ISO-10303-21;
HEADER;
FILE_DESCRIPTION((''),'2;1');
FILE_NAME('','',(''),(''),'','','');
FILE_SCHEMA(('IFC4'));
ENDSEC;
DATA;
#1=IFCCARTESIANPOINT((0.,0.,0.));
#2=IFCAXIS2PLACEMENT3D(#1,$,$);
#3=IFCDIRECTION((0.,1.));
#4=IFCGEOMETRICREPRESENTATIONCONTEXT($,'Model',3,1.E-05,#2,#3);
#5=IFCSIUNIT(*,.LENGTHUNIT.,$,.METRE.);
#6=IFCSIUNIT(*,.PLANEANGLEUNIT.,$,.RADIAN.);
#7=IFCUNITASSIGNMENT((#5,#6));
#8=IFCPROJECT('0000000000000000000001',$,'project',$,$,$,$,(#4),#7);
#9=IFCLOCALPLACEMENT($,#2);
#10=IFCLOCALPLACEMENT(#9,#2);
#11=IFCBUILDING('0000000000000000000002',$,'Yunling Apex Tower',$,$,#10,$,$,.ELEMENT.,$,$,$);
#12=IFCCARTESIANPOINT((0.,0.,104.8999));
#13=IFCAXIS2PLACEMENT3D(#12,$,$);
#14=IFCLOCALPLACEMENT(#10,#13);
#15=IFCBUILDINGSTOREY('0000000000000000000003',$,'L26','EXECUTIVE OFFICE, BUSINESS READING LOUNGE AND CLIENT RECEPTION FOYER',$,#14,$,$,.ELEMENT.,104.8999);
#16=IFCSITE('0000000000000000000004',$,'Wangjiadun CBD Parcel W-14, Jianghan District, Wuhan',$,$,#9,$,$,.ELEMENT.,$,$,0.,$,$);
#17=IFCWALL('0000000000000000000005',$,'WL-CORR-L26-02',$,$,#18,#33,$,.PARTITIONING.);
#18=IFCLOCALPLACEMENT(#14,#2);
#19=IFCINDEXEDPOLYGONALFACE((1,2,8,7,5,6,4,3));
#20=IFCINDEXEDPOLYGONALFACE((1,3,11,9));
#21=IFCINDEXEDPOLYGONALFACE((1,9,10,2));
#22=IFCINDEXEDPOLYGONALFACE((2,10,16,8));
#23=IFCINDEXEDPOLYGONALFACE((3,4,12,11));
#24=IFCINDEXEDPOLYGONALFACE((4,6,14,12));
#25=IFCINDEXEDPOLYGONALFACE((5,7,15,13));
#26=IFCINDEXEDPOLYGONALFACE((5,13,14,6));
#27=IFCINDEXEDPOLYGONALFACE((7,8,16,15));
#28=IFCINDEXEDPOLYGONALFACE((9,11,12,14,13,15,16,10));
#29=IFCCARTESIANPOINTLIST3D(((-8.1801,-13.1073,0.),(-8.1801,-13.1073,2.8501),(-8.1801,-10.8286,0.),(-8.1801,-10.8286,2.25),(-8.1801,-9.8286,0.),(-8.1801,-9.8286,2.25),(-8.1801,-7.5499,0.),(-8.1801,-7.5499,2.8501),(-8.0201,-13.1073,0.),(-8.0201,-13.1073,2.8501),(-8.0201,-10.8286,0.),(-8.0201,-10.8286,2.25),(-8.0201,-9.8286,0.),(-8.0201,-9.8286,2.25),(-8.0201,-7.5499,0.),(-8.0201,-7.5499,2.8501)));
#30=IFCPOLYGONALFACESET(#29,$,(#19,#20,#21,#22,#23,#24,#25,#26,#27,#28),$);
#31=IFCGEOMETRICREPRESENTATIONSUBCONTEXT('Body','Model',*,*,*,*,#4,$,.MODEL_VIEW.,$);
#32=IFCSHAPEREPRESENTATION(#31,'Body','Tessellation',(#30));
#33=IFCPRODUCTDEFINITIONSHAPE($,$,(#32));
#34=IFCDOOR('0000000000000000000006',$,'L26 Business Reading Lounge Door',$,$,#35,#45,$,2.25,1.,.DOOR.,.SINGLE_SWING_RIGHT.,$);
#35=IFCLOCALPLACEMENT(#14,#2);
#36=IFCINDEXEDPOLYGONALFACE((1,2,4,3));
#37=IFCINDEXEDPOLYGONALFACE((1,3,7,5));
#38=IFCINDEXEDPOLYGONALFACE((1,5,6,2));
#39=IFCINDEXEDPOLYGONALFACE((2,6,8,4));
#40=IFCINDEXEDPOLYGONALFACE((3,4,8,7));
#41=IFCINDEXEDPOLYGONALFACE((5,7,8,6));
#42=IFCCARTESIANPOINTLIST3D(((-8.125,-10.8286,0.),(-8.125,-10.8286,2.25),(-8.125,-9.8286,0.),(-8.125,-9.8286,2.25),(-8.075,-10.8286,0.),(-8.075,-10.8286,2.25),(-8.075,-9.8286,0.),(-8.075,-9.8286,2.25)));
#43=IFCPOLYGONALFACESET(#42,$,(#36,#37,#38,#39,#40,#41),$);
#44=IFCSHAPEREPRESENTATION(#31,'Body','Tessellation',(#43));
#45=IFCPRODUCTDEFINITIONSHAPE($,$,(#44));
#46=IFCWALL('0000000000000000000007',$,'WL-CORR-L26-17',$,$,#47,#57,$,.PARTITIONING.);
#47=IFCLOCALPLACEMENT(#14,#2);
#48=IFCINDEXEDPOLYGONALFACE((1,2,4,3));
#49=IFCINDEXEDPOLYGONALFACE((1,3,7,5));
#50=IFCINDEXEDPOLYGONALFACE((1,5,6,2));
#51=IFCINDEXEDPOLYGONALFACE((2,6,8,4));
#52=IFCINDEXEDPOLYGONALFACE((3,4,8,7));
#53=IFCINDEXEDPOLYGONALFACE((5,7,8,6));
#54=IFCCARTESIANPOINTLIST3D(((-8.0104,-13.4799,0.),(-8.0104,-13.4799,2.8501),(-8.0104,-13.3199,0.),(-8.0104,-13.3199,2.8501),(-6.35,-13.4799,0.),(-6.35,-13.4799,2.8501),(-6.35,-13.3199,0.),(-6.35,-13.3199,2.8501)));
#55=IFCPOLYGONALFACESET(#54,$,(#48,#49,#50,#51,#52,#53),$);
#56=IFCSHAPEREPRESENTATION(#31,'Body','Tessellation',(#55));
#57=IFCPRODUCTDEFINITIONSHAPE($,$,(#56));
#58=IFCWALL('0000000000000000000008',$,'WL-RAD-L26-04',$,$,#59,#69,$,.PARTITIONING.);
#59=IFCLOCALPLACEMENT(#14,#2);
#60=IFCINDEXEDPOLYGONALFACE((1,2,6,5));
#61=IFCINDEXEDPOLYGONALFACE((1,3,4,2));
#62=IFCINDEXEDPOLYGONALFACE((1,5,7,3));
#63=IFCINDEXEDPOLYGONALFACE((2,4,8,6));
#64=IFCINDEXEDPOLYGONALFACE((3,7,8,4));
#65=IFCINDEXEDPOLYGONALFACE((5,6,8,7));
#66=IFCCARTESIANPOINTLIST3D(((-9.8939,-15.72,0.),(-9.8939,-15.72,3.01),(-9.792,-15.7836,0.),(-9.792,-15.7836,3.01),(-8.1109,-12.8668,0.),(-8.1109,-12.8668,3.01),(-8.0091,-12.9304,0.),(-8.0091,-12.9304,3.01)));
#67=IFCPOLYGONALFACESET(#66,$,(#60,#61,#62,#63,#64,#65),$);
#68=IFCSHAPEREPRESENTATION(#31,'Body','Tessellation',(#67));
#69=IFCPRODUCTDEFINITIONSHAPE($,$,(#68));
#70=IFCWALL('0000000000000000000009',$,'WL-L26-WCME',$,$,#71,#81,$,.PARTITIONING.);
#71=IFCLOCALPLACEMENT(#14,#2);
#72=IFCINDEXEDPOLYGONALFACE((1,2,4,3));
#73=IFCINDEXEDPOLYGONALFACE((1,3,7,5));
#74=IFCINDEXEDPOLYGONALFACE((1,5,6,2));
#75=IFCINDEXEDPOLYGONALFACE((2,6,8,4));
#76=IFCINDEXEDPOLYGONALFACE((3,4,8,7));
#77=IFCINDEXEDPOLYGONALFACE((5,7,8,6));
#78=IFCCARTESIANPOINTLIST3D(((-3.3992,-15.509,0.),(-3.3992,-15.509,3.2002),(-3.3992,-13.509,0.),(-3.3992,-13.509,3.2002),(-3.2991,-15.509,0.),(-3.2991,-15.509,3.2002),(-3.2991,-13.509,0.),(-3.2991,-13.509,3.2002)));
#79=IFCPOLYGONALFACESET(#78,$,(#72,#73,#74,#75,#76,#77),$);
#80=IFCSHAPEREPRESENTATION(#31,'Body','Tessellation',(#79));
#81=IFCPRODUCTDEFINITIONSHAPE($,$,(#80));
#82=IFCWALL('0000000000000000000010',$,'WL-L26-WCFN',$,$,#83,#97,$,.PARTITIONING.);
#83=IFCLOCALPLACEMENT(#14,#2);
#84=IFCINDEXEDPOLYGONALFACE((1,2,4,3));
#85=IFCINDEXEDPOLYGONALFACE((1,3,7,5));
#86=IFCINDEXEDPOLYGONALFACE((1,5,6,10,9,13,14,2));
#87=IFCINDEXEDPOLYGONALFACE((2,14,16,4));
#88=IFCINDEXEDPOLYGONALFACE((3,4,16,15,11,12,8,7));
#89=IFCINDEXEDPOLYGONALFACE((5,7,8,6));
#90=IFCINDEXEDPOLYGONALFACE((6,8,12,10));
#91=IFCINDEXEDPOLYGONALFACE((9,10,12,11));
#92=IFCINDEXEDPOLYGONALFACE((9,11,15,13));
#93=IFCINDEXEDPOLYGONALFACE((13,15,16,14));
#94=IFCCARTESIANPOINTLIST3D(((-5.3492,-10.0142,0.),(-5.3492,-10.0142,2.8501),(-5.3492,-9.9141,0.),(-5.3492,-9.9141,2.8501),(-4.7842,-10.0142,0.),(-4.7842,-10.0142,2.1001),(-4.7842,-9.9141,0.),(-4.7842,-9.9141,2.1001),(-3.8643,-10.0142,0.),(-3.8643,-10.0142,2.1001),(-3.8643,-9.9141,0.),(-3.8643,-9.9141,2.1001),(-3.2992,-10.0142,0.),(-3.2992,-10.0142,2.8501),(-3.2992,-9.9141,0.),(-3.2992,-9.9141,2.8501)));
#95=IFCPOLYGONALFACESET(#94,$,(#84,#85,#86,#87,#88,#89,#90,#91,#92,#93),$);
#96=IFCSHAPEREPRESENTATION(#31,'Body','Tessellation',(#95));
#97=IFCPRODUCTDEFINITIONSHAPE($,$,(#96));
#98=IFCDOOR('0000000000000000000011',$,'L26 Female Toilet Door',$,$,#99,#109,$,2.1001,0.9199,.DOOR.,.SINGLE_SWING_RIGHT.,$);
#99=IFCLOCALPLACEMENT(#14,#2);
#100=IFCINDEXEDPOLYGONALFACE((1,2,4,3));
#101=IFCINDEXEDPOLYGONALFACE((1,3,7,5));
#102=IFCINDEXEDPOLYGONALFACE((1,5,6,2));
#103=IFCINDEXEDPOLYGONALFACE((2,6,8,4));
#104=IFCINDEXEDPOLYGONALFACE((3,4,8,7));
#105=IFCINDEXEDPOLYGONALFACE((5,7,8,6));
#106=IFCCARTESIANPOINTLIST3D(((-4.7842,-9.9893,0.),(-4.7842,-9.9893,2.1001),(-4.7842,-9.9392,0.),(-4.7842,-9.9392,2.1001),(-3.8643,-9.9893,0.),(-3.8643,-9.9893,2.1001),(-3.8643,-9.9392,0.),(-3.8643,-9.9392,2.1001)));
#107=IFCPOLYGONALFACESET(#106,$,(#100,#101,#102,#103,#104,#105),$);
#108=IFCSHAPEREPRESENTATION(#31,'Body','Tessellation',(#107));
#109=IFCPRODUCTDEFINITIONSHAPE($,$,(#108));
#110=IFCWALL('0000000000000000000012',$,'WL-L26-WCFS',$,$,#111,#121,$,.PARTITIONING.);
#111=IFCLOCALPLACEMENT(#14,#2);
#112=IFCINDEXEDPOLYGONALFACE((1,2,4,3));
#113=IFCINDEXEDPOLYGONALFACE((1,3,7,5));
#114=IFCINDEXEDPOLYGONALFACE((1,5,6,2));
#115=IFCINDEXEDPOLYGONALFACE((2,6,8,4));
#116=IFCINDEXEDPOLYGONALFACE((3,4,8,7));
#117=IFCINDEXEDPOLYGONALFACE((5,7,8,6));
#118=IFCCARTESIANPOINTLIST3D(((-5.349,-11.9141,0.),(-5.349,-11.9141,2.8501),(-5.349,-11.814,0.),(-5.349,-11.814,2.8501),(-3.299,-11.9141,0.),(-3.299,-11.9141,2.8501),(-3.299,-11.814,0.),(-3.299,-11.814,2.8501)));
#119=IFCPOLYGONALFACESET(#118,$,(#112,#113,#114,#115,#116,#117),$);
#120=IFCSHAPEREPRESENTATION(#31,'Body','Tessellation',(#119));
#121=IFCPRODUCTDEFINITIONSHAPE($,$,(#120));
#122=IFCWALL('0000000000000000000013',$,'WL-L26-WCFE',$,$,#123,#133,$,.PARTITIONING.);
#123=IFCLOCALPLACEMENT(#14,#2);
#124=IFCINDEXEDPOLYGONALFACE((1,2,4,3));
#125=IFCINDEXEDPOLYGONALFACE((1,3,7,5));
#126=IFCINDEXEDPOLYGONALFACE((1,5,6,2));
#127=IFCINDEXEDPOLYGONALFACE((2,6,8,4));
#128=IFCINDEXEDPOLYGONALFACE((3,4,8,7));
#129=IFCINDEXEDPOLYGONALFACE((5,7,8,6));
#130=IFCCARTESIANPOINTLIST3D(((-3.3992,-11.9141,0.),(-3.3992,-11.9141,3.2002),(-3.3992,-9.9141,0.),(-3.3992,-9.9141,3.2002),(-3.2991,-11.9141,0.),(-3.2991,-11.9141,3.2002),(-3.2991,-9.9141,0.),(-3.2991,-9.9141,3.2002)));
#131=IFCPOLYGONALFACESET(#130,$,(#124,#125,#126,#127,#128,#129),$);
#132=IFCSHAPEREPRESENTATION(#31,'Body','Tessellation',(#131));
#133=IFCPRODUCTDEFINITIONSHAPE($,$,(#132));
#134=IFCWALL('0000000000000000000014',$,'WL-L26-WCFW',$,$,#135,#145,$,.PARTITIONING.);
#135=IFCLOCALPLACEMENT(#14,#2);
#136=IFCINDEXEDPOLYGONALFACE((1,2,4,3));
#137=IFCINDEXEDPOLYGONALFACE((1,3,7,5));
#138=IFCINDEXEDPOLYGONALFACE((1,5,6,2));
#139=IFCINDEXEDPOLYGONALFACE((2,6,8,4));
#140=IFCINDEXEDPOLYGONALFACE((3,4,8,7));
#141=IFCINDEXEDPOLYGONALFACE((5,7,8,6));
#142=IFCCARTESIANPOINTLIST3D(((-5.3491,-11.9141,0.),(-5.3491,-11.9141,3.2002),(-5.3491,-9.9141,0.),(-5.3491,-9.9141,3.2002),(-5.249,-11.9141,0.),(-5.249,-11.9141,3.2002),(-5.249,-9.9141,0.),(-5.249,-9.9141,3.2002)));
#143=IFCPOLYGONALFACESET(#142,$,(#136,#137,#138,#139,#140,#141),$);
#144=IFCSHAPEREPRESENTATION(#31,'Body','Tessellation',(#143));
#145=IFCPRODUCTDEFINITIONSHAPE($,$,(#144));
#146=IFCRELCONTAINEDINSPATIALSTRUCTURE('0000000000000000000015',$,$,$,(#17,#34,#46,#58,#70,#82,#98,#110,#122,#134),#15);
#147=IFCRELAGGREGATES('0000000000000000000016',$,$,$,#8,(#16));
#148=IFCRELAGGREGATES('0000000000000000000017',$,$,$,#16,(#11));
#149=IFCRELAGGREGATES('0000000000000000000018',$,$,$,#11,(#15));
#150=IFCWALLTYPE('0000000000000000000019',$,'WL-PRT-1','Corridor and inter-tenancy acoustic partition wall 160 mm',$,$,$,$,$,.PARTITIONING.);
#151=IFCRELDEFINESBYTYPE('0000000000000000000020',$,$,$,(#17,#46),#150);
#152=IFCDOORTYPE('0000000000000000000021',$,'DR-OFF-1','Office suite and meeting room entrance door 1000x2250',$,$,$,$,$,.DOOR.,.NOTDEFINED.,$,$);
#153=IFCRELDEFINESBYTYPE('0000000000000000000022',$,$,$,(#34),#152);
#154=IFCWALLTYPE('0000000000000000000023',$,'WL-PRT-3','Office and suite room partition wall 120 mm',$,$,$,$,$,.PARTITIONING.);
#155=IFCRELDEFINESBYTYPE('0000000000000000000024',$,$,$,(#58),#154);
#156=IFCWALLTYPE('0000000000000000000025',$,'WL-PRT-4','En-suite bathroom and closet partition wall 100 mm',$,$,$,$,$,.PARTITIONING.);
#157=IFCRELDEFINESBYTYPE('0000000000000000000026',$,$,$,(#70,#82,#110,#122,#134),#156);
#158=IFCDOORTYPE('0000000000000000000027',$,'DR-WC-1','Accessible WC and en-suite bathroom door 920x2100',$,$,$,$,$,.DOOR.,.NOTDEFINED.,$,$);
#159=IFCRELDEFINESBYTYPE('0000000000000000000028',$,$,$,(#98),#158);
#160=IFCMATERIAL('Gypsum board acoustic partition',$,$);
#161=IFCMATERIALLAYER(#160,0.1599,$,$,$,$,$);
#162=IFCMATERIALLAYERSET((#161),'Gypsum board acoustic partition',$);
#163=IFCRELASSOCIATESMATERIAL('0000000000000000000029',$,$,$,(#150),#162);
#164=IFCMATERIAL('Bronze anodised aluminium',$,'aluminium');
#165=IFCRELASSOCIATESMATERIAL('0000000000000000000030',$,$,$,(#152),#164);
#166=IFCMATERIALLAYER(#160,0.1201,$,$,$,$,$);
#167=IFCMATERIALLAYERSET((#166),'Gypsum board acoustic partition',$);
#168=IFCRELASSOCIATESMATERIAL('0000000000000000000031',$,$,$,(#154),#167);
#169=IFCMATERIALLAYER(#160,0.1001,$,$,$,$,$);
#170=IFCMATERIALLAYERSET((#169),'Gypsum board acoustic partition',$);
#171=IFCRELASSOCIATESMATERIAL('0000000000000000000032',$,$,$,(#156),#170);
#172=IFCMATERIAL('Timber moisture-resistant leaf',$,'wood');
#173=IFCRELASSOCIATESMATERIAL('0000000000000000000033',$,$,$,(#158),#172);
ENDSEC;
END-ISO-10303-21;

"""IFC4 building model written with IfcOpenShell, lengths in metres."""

from ifc_helpers import new_model, si_unit, direction, frame, frame_2d, origin, place, context, subcontext, project, spatial, rectangle, extrude, material, layer, layer_set, type_object, element, fill, save


model = new_model("IFC4")

# Units and contexts
model_context = context("Model", 3, precision=1e-05, world=origin(), true_north=direction((0.0, 1.0)))
body_context = subcontext(model_context, "Body", "Model", "MODEL_VIEW")
ifc_project = project(units=[si_unit("LENGTHUNIT", "METRE"), si_unit("PLANEANGLEUNIT", "RADIAN")], contexts=[model_context])

# Site, building, storey
site_placement = place(None, origin())
site = spatial("IfcSite", under=ifc_project, at=site_placement, Name="Wangjiadun CBD Parcel W-14, Jianghan District, Wuhan", CompositionType="ELEMENT", RefElevation=0.0)
building_placement = place(site_placement, origin())
building = spatial("IfcBuilding", under=site, at=building_placement, Name="Yunling Apex Tower", CompositionType="ELEMENT")
storey_placement = place(building_placement, frame((0.0, 0.0, 104.8999)))
storey = spatial("IfcBuildingStorey", under=building, at=storey_placement, Name="L26", Description="EXECUTIVE OFFICE, BUSINESS READING LOUNGE AND CLIENT RECEPTION FOYER", CompositionType="ELEMENT", Elevation=104.8999)

# Shared definitions
ifc_material_1 = material(Name="Bronze anodised aluminium", Category="aluminium")

# Wall, opening, door
ifc_material_2 = material(Name="Gypsum board acoustic partition")
ifc_layer_1 = layer(ifc_material_2, 0.1599)
ifc_layer_set_1 = layer_set([ifc_layer_1], Name="Gypsum board acoustic partition")
wall_type_1 = type_object("IfcWallType", Name="WL-PRT-1", Description="Corridor and inter-tenancy acoustic partition wall 160 mm", PredefinedType="PARTITIONING", material=ifc_layer_set_1)
wall_1_placement = place(storey_placement, frame((-8.1001, -13.1074, 0.0), z_axis=(0.0, 0.0, 1.0), x_axis=(0.0, 1.0, 0.0)))
wall_1 = element("IfcWall", 1, at=wall_1_placement, inside=storey, type_object=wall_type_1, Name="WL-CORR-L26-02", PredefinedType="PARTITIONING", context=body_context, shape_type="SweptSolid", body=[
    extrude(rectangle(XDim=5.5574, YDim=0.1599, at=frame_2d((2.7788, 0.0))), origin(), (0.0, 0.0, 1.0), 2.8501),
])
opening_1_placement = place(wall_1_placement, frame((2.2788, 0.0, 0.0)))
opening_1 = element("IfcOpeningElement", 2, at=opening_1_placement, cuts=wall_1, PredefinedType="OPENING", context=body_context, shape_type="SweptSolid", body=[
    extrude(rectangle(XDim=1.0, YDim=2.25, at=frame_2d((0.5, 1.125))), frame((0.0, 0.0898, 0.0), z_axis=(0.0, -1.0, 0.0), x_axis=(1.0, 0.0, 0.0)), (0.0, 0.0, 1.0), 0.1799),
])
door_type_1 = type_object("IfcDoorType", Name="DR-OFF-1", Description="Office suite and meeting room entrance door 1000x2250", OperationType="NOTDEFINED", PredefinedType="DOOR", material=ifc_material_1)
door_1_placement = place(opening_1_placement, origin())
door_1 = element("IfcDoor", 3, at=door_1_placement, inside=storey, type_object=door_type_1, Name="L26 Business Reading Lounge Door", OperationType="SINGLE_SWING_RIGHT", OverallHeight=2.25, OverallWidth=1.0, PredefinedType="DOOR", context=body_context, shape_type="SweptSolid", body=[
    extrude(rectangle(XDim=1.0, YDim=2.25, at=frame_2d((0.5, 1.125))), frame((0.0, 0.0249, 0.0), z_axis=(0.0, -1.0, 0.0), x_axis=(1.0, 0.0, 0.0)), (0.0, 0.0, 1.0), 0.05),
])
fill(opening_1, door_1)

# Walls
wall_2_placement = place(storey_placement, frame((-6.3501, -13.3999, 0.0), z_axis=(0.0, 0.0, 1.0), x_axis=(-1.0, 0.0, 0.0)))
element("IfcWall", 4, at=wall_2_placement, inside=storey, type_object=wall_type_1, Name="WL-CORR-L26-17", PredefinedType="PARTITIONING", context=body_context, shape_type="SweptSolid", body=[
    extrude(rectangle(XDim=1.6604, YDim=0.1599, at=frame_2d((0.8301, 0.0))), origin(), (0.0, 0.0, 1.0), 2.8501),
])
ifc_layer_2 = layer(ifc_material_2, 0.1201)
ifc_layer_set_2 = layer_set([ifc_layer_2], Name="Gypsum board acoustic partition")
wall_type_2 = type_object("IfcWallType", Name="WL-PRT-3", Description="Office and suite room partition wall 120 mm", PredefinedType="PARTITIONING", material=ifc_layer_set_2)
wall_3_placement = place(storey_placement, frame((-8.0601, -12.8987, 0.0), z_axis=(0.0, 0.0, 1.0), x_axis=(-0.529927, -0.848043, 0.0)))
element("IfcWall", 5, at=wall_3_placement, inside=storey, type_object=wall_type_2, Name="WL-RAD-L26-04", PredefinedType="PARTITIONING", context=body_context, shape_type="SweptSolid", body=[
    extrude(rectangle(XDim=3.3645, YDim=0.1201, at=frame_2d((1.6821, 0.0))), origin(), (0.0, 0.0, 1.0), 3.01),
])
ifc_layer_3 = layer(ifc_material_2, 0.1001)
ifc_layer_set_3 = layer_set([ifc_layer_3], Name="Gypsum board acoustic partition")
wall_type_3 = type_object("IfcWallType", Name="WL-PRT-4", Description="En-suite bathroom and closet partition wall 100 mm", PredefinedType="PARTITIONING", material=ifc_layer_set_3)
wall_4_placement = place(storey_placement, frame((-3.3491, -13.509, 0.0), z_axis=(0.0, 0.0, 1.0), x_axis=(0.0, -1.0, 0.0)))
element("IfcWall", 6, at=wall_4_placement, inside=storey, type_object=wall_type_3, Name="WL-L26-WCME", PredefinedType="PARTITIONING", context=body_context, shape_type="SweptSolid", body=[
    extrude(rectangle(XDim=2.0, YDim=0.1001, at=frame_2d((1.0, 0.0))), origin(), (0.0, 0.0, 1.0), 3.2002),
])

# Wall, opening, door
wall_5_placement = place(storey_placement, frame((-5.3491, -9.9641, 0.0), z_axis=(0.0, 0.0, 1.0), x_axis=(1.0, 0.0, 0.0)))
wall_5 = element("IfcWall", 7, at=wall_5_placement, inside=storey, type_object=wall_type_3, Name="WL-L26-WCFN", PredefinedType="PARTITIONING", context=body_context, shape_type="SweptSolid", body=[
    extrude(rectangle(XDim=2.05, YDim=0.1001, at=frame_2d((1.0249, 0.0))), origin(), (0.0, 0.0, 1.0), 2.8501),
])
opening_2_placement = place(wall_5_placement, frame((0.5649, 0.0, 0.0)))
opening_2 = element("IfcOpeningElement", 8, at=opening_2_placement, cuts=wall_5, PredefinedType="OPENING", context=body_context, shape_type="SweptSolid", body=[
    extrude(rectangle(XDim=0.9199, YDim=2.1001, at=frame_2d((0.46, 1.05))), frame((0.0, 0.0601, 0.0), z_axis=(0.0, -1.0, 0.0), x_axis=(1.0, 0.0, 0.0)), (0.0, 0.0, 1.0), 0.1201),
])
ifc_material_3 = material(Name="Timber moisture-resistant leaf", Category="wood")
door_type_2 = type_object("IfcDoorType", Name="DR-WC-1", Description="Accessible WC and en-suite bathroom door 920x2100", OperationType="NOTDEFINED", PredefinedType="DOOR", material=ifc_material_3)
door_2_placement = place(opening_2_placement, origin())
door_2 = element("IfcDoor", 9, at=door_2_placement, inside=storey, type_object=door_type_2, Name="L26 Female Toilet Door", OperationType="SINGLE_SWING_RIGHT", OverallHeight=2.1001, OverallWidth=0.9199, PredefinedType="DOOR", context=body_context, shape_type="SweptSolid", body=[
    extrude(rectangle(XDim=0.9199, YDim=2.1001, at=frame_2d((0.46, 1.05))), frame((0.0, 0.0249, 0.0), z_axis=(0.0, -1.0, 0.0), x_axis=(1.0, 0.0, 0.0)), (0.0, 0.0, 1.0), 0.05),
])
fill(opening_2, door_2)

# Walls
wall_6_placement = place(storey_placement, frame((-3.2991, -11.864, 0.0), z_axis=(0.0, 0.0, 1.0), x_axis=(-1.0, 0.0, 0.0)))
element("IfcWall", 10, at=wall_6_placement, inside=storey, type_object=wall_type_3, Name="WL-L26-WCFS", PredefinedType="PARTITIONING", context=body_context, shape_type="SweptSolid", body=[
    extrude(rectangle(XDim=2.05, YDim=0.1001, at=frame_2d((1.0249, 0.0))), origin(), (0.0, 0.0, 1.0), 2.8501),
])
for number, where, z_axis, x_axis, name in (
    (11, (-3.3491, -9.9141, 0.0), (0.0, 0.0, 1.0), (0.0, -1.0, 0.0), "WL-L26-WCFE"),
    (12, (-5.2991, -11.9141, 0.0), (0.0, 0.0, 1.0), (0.0, 1.0, 0.0), "WL-L26-WCFW"),
):
    element("IfcWall", number, at=place(storey_placement, frame(where, z_axis=z_axis, x_axis=x_axis)), inside=storey, type_object=wall_type_3, Name=name, PredefinedType="PARTITIONING", context=body_context, shape_type="SweptSolid", body=[
        extrude(rectangle(XDim=2.0, YDim=0.1001, at=frame_2d((1.0, 0.0))), origin(), (0.0, 0.0, 1.0), 3.2002),
    ])

save(model, "model.ifc")
